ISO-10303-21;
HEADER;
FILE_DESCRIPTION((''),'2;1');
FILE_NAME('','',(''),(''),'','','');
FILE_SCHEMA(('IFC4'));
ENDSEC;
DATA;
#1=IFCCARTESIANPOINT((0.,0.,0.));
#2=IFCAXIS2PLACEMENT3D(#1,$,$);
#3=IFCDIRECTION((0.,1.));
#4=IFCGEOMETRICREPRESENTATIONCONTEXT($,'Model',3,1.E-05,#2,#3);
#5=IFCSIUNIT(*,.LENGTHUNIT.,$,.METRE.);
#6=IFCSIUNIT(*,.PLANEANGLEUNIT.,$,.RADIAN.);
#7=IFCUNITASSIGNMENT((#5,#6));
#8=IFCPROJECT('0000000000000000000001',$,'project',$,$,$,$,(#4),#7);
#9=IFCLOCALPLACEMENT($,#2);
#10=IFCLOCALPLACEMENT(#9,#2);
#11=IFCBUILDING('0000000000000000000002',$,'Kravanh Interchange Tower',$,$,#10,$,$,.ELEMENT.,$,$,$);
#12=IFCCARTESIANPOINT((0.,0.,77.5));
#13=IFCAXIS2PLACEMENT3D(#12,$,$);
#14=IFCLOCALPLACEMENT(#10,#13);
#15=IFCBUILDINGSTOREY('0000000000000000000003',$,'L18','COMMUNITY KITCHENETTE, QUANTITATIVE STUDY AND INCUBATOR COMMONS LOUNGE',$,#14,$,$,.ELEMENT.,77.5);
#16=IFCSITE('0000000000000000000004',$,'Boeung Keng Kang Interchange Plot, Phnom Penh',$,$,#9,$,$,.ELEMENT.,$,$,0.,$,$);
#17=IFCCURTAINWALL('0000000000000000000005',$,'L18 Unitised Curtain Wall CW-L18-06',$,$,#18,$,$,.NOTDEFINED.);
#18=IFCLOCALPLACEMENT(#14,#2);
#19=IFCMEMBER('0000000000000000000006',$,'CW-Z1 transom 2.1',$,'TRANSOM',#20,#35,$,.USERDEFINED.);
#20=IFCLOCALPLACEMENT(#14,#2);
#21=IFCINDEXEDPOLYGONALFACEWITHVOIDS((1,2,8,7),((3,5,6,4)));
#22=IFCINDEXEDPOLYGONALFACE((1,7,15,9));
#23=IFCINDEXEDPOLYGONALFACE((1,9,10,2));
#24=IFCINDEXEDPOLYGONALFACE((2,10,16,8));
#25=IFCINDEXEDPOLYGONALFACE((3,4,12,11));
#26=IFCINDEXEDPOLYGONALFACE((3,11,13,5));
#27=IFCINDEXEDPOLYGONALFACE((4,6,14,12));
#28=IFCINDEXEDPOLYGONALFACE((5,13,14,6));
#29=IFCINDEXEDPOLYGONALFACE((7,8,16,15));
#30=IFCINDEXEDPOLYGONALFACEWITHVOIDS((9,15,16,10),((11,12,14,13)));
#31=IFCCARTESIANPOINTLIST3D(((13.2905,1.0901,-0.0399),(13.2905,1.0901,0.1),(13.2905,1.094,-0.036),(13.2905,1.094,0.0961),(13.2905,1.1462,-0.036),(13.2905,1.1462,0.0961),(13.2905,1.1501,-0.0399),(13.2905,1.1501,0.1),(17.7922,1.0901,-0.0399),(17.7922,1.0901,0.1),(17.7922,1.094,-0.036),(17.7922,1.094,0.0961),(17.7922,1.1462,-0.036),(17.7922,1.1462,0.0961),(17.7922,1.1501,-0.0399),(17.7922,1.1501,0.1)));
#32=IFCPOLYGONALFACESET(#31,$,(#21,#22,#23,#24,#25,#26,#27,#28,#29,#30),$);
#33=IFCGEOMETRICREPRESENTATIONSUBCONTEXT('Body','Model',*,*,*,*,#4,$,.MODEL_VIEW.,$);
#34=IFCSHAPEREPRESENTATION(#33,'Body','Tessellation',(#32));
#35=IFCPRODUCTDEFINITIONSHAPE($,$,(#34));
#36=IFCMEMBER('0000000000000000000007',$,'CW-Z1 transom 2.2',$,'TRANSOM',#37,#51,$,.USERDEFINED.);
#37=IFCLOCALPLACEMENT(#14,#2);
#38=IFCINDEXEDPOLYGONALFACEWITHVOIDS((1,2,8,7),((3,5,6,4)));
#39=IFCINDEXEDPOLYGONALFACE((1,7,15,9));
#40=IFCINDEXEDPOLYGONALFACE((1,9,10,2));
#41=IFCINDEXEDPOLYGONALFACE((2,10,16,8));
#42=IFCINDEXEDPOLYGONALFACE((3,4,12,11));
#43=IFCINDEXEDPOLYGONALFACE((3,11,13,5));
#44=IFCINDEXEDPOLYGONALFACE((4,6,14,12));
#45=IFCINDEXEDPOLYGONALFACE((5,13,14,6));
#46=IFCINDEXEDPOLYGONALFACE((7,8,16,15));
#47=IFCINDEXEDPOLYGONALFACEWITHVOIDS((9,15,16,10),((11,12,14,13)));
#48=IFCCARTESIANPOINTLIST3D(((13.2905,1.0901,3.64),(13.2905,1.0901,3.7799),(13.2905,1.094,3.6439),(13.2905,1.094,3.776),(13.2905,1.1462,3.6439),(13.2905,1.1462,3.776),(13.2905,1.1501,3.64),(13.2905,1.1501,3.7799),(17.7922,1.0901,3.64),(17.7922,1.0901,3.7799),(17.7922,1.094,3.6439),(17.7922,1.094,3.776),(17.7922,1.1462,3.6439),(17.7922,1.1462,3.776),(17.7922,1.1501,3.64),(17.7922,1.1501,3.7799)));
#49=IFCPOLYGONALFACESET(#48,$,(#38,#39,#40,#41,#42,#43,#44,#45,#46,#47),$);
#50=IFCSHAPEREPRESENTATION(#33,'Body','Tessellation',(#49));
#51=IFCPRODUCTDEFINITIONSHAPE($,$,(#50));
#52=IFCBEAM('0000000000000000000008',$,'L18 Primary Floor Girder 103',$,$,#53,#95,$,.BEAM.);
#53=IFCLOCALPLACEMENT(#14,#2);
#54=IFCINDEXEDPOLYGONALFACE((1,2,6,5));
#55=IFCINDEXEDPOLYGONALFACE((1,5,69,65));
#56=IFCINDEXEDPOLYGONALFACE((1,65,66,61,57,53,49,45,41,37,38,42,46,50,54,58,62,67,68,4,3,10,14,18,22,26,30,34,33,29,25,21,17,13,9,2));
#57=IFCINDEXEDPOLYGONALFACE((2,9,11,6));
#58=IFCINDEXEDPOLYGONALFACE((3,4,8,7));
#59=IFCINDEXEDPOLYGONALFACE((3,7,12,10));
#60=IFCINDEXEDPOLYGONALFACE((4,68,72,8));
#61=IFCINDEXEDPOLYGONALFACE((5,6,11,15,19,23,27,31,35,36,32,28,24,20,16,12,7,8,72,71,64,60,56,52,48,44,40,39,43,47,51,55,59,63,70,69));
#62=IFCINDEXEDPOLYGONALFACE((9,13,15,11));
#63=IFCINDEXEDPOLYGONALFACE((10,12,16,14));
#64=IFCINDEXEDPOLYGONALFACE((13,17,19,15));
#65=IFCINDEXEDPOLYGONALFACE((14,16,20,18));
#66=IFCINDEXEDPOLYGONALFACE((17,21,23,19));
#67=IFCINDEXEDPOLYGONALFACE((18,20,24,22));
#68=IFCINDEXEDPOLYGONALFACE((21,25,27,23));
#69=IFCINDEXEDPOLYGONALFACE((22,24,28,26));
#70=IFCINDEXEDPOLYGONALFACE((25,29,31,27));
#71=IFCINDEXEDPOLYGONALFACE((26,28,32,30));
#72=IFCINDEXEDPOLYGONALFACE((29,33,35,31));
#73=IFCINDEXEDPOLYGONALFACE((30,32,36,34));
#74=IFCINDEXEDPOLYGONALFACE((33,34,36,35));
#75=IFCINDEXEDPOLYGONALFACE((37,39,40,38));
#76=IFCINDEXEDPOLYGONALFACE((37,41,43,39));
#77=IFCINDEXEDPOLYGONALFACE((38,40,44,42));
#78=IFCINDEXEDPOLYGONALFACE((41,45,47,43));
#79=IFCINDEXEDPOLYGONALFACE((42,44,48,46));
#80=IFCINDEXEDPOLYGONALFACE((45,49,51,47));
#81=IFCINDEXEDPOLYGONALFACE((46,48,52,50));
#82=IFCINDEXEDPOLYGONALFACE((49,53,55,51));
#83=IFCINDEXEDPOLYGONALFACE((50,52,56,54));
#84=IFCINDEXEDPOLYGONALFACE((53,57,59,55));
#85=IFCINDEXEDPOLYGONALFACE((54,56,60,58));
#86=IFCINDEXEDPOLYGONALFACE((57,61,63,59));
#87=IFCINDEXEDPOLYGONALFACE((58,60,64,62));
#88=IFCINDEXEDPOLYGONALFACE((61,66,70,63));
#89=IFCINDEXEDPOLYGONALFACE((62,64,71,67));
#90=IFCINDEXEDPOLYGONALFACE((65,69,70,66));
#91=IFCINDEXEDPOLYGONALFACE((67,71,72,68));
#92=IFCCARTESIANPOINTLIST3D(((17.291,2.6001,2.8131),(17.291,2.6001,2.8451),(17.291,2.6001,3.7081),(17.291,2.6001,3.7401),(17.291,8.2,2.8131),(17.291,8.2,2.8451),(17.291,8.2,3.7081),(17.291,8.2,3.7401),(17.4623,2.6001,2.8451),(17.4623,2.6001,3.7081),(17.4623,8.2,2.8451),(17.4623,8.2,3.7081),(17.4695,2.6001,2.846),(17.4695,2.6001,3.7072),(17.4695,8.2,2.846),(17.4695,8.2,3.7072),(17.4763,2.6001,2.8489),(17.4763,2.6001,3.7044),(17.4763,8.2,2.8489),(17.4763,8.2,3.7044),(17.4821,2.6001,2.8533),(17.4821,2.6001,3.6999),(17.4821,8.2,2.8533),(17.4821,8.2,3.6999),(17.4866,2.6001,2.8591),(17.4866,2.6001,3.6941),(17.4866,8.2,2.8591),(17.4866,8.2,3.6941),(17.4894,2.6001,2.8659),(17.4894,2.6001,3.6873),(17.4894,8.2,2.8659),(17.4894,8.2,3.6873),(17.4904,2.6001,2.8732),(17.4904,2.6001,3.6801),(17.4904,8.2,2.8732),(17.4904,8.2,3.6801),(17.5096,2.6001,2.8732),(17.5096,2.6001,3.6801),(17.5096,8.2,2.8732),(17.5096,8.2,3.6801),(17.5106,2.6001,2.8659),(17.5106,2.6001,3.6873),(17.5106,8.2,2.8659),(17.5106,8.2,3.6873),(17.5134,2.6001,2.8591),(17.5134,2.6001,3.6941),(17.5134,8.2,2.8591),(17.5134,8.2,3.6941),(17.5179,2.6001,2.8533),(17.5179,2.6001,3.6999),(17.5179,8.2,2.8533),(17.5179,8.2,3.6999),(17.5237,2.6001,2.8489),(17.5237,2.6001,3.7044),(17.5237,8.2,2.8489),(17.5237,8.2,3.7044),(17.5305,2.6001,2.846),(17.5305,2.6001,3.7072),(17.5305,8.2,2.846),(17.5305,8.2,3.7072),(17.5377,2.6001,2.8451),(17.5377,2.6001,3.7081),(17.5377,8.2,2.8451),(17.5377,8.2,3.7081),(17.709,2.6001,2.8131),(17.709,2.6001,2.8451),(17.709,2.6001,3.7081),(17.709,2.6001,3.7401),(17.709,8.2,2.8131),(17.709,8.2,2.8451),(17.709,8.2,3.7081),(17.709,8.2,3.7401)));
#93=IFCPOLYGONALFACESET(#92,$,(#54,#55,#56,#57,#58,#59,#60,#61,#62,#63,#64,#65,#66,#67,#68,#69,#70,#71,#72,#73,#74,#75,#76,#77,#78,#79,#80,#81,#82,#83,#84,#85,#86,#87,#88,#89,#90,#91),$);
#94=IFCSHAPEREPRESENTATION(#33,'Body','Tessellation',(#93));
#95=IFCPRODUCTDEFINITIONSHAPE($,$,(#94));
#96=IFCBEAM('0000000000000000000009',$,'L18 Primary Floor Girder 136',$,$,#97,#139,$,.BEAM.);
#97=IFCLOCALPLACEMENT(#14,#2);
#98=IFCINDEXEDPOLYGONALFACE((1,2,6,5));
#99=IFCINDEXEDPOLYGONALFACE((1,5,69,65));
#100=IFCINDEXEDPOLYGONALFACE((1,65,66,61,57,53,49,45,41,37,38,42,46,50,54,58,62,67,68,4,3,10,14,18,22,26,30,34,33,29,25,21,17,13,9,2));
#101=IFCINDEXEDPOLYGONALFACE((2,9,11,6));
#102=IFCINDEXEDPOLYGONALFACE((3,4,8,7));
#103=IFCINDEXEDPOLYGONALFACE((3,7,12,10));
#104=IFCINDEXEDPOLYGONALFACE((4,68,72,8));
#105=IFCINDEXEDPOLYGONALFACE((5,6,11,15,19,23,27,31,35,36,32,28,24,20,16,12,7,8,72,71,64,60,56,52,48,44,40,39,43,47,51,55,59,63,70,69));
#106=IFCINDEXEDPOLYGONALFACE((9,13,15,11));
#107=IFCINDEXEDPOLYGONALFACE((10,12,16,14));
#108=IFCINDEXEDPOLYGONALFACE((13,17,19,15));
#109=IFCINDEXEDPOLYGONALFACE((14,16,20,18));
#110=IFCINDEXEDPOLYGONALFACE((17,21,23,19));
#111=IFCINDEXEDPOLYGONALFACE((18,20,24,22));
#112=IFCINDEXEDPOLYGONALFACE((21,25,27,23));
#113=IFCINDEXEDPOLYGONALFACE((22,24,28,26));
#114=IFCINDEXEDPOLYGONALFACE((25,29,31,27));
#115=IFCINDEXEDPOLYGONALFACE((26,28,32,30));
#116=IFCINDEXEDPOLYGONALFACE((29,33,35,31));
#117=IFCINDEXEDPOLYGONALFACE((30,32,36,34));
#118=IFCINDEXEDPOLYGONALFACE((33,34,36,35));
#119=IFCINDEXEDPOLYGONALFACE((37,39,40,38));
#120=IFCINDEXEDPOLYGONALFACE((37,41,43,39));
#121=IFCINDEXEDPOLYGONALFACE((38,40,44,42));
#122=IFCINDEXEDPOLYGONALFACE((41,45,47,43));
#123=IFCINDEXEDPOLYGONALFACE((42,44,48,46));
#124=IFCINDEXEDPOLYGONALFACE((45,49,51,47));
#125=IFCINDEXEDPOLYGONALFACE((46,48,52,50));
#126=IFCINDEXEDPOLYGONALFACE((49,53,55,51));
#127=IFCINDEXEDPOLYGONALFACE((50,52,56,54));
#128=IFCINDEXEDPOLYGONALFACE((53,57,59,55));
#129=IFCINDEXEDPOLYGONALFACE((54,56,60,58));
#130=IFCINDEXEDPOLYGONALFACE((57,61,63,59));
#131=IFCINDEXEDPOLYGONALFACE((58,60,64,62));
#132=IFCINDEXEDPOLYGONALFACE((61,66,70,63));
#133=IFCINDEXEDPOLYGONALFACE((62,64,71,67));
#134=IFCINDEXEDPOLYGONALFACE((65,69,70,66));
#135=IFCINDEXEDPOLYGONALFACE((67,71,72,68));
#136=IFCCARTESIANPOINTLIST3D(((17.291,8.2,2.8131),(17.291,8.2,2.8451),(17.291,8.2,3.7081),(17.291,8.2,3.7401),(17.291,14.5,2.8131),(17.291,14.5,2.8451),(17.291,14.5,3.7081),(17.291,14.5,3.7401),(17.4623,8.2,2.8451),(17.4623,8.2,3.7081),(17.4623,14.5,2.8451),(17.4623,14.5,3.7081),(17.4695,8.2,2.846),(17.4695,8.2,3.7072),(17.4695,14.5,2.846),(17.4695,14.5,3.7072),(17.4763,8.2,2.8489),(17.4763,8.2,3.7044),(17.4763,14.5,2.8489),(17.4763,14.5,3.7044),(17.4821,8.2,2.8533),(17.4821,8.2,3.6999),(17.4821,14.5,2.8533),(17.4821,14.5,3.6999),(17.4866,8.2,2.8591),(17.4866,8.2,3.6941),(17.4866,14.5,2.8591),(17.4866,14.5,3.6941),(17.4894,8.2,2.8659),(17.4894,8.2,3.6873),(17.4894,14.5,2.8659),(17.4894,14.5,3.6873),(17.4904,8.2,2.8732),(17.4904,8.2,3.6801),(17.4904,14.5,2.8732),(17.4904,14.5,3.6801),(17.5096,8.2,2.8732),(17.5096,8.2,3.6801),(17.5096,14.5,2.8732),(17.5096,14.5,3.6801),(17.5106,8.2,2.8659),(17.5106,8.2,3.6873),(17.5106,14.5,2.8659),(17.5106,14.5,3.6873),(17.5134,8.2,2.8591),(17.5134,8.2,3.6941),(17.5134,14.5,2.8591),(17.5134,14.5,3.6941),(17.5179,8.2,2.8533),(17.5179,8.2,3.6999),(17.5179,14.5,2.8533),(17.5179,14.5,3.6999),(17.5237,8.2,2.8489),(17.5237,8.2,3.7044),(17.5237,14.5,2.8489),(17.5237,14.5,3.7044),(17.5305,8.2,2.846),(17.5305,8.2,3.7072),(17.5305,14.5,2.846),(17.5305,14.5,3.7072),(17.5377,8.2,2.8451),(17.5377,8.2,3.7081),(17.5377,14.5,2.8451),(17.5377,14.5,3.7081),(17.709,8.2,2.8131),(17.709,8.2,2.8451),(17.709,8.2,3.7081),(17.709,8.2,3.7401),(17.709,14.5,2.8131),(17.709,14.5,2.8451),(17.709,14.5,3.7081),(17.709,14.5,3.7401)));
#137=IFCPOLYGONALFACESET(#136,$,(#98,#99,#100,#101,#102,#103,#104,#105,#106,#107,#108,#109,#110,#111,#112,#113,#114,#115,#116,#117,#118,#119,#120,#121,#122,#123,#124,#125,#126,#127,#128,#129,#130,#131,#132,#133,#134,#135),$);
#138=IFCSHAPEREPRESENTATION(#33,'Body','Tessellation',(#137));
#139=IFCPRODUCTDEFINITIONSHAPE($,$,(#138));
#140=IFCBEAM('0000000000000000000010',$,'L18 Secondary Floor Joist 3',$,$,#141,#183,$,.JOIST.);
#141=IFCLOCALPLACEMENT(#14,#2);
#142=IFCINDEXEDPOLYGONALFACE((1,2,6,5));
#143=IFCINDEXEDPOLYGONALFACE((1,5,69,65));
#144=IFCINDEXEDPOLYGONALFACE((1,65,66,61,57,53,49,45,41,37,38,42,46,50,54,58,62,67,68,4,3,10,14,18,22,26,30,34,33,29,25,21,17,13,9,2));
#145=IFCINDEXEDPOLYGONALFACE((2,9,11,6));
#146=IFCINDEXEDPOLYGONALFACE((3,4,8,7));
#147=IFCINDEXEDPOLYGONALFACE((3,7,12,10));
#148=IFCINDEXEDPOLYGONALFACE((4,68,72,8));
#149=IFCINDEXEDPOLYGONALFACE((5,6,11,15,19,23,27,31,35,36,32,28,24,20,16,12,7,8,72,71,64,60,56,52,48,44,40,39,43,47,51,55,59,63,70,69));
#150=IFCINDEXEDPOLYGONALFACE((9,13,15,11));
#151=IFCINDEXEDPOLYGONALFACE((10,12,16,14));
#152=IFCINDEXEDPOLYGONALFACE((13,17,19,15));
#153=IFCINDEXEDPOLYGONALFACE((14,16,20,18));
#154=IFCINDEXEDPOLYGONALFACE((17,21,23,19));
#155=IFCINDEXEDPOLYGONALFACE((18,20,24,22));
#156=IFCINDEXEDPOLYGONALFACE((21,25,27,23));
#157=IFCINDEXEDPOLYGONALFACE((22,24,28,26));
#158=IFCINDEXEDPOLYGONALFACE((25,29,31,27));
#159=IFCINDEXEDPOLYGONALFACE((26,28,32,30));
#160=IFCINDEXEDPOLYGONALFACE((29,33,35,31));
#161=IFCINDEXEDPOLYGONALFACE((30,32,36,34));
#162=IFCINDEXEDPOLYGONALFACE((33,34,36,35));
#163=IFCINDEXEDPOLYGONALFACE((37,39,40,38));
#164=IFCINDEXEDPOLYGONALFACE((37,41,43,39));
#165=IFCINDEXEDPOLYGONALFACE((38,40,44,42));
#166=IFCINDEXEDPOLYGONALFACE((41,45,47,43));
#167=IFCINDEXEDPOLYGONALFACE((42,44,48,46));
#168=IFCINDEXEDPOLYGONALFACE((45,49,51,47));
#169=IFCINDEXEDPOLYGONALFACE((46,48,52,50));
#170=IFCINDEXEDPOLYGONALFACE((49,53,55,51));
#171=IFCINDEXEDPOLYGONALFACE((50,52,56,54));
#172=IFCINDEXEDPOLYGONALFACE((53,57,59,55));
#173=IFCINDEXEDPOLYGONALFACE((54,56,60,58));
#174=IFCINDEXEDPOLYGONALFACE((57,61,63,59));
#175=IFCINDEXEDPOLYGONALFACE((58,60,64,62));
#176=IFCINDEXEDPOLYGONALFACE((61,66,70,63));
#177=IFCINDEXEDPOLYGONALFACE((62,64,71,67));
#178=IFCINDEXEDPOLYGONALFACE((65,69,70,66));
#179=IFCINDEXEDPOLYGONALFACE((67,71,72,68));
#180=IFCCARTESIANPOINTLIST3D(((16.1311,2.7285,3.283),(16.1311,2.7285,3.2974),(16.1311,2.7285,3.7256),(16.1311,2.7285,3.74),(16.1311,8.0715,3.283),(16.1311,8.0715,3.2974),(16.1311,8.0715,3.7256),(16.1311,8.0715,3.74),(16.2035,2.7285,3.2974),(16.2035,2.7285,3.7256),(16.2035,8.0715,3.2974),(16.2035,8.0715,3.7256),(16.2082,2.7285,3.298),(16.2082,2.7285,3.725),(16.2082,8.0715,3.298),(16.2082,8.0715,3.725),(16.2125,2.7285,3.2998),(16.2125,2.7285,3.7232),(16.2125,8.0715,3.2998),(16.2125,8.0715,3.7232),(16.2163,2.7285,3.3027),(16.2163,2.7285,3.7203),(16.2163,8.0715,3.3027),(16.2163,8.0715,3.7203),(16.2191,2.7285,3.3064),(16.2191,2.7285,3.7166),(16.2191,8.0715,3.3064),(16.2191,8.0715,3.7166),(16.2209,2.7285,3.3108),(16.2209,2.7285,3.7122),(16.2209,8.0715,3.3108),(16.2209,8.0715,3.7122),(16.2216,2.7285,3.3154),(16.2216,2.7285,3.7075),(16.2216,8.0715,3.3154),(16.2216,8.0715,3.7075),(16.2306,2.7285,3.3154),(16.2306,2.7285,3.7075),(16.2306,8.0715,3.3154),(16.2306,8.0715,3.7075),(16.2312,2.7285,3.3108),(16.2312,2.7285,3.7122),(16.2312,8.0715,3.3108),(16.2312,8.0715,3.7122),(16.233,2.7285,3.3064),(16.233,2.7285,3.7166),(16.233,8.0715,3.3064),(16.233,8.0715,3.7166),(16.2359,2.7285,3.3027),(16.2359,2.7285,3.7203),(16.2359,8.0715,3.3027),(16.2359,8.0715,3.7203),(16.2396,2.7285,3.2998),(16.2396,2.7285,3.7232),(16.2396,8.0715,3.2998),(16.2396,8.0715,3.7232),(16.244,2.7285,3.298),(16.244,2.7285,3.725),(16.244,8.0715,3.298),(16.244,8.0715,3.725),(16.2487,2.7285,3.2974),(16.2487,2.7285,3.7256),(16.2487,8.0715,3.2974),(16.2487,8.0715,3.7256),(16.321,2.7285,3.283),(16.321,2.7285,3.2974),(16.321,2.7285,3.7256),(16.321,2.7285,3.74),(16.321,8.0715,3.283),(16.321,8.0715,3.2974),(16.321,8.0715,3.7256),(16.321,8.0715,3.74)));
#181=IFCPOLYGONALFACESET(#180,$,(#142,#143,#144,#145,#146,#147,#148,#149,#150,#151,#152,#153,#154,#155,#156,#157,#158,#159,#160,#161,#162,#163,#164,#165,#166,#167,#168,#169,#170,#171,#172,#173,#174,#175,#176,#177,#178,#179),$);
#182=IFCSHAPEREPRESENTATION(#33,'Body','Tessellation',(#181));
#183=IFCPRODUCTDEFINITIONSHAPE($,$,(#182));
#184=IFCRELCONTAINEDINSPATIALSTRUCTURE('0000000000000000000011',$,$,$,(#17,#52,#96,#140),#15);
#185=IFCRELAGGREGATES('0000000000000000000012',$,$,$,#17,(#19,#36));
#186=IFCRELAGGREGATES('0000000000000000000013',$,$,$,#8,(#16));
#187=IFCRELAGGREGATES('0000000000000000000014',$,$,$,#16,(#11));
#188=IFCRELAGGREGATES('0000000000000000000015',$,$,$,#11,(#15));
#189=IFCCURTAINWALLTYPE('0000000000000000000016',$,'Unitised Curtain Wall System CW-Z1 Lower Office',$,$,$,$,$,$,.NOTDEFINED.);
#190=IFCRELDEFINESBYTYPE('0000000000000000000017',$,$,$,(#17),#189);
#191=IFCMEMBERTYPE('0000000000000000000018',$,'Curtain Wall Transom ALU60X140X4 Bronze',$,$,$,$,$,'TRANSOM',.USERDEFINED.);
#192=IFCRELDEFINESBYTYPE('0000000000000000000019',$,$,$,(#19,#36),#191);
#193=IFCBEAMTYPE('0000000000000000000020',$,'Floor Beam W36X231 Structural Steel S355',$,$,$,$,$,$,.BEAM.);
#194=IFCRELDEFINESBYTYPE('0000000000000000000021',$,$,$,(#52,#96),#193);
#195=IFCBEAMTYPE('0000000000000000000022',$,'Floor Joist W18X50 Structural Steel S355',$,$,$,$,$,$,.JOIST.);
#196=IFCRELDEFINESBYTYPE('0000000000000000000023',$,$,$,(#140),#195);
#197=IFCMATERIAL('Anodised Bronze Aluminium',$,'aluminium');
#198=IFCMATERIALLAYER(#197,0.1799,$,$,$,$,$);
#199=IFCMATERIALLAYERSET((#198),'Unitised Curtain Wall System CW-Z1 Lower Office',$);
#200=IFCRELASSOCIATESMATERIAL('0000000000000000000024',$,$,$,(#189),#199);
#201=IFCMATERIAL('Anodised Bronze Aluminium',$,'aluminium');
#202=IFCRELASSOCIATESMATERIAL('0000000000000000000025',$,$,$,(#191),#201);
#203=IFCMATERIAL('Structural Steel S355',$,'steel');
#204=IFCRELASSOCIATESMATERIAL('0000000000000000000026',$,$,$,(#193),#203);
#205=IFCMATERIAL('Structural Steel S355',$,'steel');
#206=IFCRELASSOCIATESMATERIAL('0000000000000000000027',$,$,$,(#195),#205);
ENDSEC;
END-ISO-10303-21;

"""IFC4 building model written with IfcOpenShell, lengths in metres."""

from ifc_helpers import new_model, si_unit, direction, frame, origin, origin_2d, place, context, subcontext, project, spatial, hollow_rectangle, i_section, extrude, material, layer, layer_set, material_profile, profile_set, type_object, element, aggregate, save


model = new_model("IFC4")

# Units and contexts
model_context = context("Model", 3, precision=1e-05, world=origin(), true_north=direction((0.0, 1.0)))
body_context = subcontext(model_context, "Body", "Model", "MODEL_VIEW")
ifc_project = project(units=[si_unit("LENGTHUNIT", "METRE"), si_unit("PLANEANGLEUNIT", "RADIAN")], contexts=[model_context])

# Site, building, storey
site_placement = place(None, origin())
site = spatial("IfcSite", under=ifc_project, at=site_placement, Name="Boeung Keng Kang Interchange Plot, Phnom Penh", CompositionType="ELEMENT", RefElevation=0.0)
building_placement = place(site_placement, origin())
building = spatial("IfcBuilding", under=site, at=building_placement, Name="Kravanh Interchange Tower", CompositionType="ELEMENT")
storey_placement = place(building_placement, frame((0.0, 0.0, 77.5)))
storey = spatial("IfcBuildingStorey", under=building, at=storey_placement, Name="L18", Description="COMMUNITY KITCHENETTE, QUANTITATIVE STUDY AND INCUBATOR COMMONS LOUNGE", CompositionType="ELEMENT", Elevation=77.5)

# Curtain wall, members
ifc_material_1 = material(Name="Anodised Bronze Aluminium", Category="aluminium")
ifc_layer_1 = layer(ifc_material_1, 0.1799)
ifc_layer_set_1 = layer_set([ifc_layer_1], Name="Unitised Curtain Wall System CW-Z1 Lower Office")
curtain_wall_type = type_object("IfcCurtainWallType", Name="Unitised Curtain Wall System CW-Z1 Lower Office", PredefinedType="NOTDEFINED", material=ifc_layer_set_1)
curtain_wall_placement = place(storey_placement, origin())
curtain_wall = element("IfcCurtainWall", 1, at=curtain_wall_placement, inside=storey, type_object=curtain_wall_type, Name="L18 Unitised Curtain Wall CW-L18-06", PredefinedType="NOTDEFINED")
ifc_material_2 = material(Name="Anodised Bronze Aluminium", Category="aluminium")
ifc_material_profile_1 = material_profile(ifc_material_2, hollow_rectangle(XDim=0.0601, YDim=0.1399, WallThickness=0.0039, at=origin_2d()), Name="ALU60X140X4")
ifc_profile_set_1 = profile_set([ifc_material_profile_1], Name="Anodised Bronze Aluminium")
member_type_1 = type_object("IfcMemberType", Name="Curtain Wall Transom ALU60X140X4 Bronze", ElementType="TRANSOM", PredefinedType="USERDEFINED", material=ifc_profile_set_1)
member_1_placement = place(storey_placement, frame((17.7922, 1.1201, 0.03), z_axis=(-1.0, 0.0, 0.0), x_axis=(0.0, -1.0, 0.0)))
member_1 = element("IfcMember", 2, at=member_1_placement, type_object=member_type_1, Name="CW-Z1 transom 2.1", ObjectType="TRANSOM", PredefinedType="USERDEFINED", context=body_context, shape_type="SweptSolid", body=[
    extrude(hollow_rectangle(XDim=0.0601, YDim=0.1399, WallThickness=0.0039, at=origin_2d()), origin(), (0.0, 0.0, 1.0), 4.5017),
])
member_2_placement = place(storey_placement, frame((17.7922, 1.1201, 3.71), z_axis=(-1.0, 0.0, 0.0), x_axis=(0.0, -1.0, 0.0)))
member_2 = element("IfcMember", 3, at=member_2_placement, type_object=member_type_1, Name="CW-Z1 transom 2.2", ObjectType="TRANSOM", PredefinedType="USERDEFINED", context=body_context, shape_type="SweptSolid", body=[
    extrude(hollow_rectangle(XDim=0.0601, YDim=0.1399, WallThickness=0.0039, at=origin_2d()), origin(), (0.0, 0.0, 1.0), 4.5017),
])

# Beams
ifc_material_3 = material(Name="Structural Steel S355", Category="steel")
ifc_material_profile_2 = material_profile(ifc_material_3, i_section(OverallWidth=0.418, OverallDepth=0.927, WebThickness=0.0193, FlangeThickness=0.032, FilletRadius=0.0281, at=origin_2d()), Name="W36X231")
ifc_profile_set_2 = profile_set([ifc_material_profile_2], Name="Structural Steel S355")
beam_type_1 = type_object("IfcBeamType", Name="Floor Beam W36X231 Structural Steel S355", PredefinedType="BEAM", material=ifc_profile_set_2)
beam_1_placement = place(storey_placement, frame((17.5, 2.6001, 3.2766), z_axis=(0.0, 1.0, 0.0), x_axis=(-1.0, 0.0, 0.0)))
element("IfcBeam", 4, at=beam_1_placement, inside=storey, type_object=beam_type_1, Name="L18 Primary Floor Girder 103", PredefinedType="BEAM", context=body_context, shape_type="SweptSolid", body=[
    extrude(i_section(OverallWidth=0.418, OverallDepth=0.927, WebThickness=0.0193, FlangeThickness=0.032, FilletRadius=0.0281, at=origin_2d()), origin(), (0.0, 0.0, 1.0), 5.5999),
])
beam_2_placement = place(storey_placement, frame((17.5, 8.2, 3.2766), z_axis=(0.0, 1.0, 0.0), x_axis=(-1.0, 0.0, 0.0)))
element("IfcBeam", 5, at=beam_2_placement, inside=storey, type_object=beam_type_1, Name="L18 Primary Floor Girder 136", PredefinedType="BEAM", context=body_context, shape_type="SweptSolid", body=[
    extrude(i_section(OverallWidth=0.418, OverallDepth=0.927, WebThickness=0.0193, FlangeThickness=0.032, FilletRadius=0.0281, at=origin_2d()), origin(), (0.0, 0.0, 1.0), 6.3),
])
ifc_material_4 = material(Name="Structural Steel S355", Category="steel")
ifc_material_profile_3 = material_profile(ifc_material_4, i_section(OverallWidth=0.1899, OverallDepth=0.457, WebThickness=0.009, FlangeThickness=0.0144, FilletRadius=0.0181, at=origin_2d()), Name="W18X50")
ifc_profile_set_3 = profile_set([ifc_material_profile_3], Name="Structural Steel S355")
beam_type_2 = type_object("IfcBeamType", Name="Floor Joist W18X50 Structural Steel S355", PredefinedType="JOIST", material=ifc_profile_set_3)
for number, where, z_axis, x_axis, name in (
    (6, (16.2261, 2.7285, 3.5115), (0.0, 1.0, 0.0), (-1.0, 0.0, 0.0), "L18 Secondary Floor Joist 3"),
):
    element("IfcBeam", number, at=place(storey_placement, frame(where, z_axis=z_axis, x_axis=x_axis)), inside=storey, type_object=beam_type_2, Name=name, PredefinedType="JOIST", context=body_context, shape_type="SweptSolid", body=[
        extrude(i_section(OverallWidth=0.1899, OverallDepth=0.457, WebThickness=0.009, FlangeThickness=0.0144, FilletRadius=0.0181, at=origin_2d()), origin(), (0.0, 0.0, 1.0), 5.343),
    ])

aggregate(curtain_wall, [member_1, member_2])

save(model, "model.ifc")
